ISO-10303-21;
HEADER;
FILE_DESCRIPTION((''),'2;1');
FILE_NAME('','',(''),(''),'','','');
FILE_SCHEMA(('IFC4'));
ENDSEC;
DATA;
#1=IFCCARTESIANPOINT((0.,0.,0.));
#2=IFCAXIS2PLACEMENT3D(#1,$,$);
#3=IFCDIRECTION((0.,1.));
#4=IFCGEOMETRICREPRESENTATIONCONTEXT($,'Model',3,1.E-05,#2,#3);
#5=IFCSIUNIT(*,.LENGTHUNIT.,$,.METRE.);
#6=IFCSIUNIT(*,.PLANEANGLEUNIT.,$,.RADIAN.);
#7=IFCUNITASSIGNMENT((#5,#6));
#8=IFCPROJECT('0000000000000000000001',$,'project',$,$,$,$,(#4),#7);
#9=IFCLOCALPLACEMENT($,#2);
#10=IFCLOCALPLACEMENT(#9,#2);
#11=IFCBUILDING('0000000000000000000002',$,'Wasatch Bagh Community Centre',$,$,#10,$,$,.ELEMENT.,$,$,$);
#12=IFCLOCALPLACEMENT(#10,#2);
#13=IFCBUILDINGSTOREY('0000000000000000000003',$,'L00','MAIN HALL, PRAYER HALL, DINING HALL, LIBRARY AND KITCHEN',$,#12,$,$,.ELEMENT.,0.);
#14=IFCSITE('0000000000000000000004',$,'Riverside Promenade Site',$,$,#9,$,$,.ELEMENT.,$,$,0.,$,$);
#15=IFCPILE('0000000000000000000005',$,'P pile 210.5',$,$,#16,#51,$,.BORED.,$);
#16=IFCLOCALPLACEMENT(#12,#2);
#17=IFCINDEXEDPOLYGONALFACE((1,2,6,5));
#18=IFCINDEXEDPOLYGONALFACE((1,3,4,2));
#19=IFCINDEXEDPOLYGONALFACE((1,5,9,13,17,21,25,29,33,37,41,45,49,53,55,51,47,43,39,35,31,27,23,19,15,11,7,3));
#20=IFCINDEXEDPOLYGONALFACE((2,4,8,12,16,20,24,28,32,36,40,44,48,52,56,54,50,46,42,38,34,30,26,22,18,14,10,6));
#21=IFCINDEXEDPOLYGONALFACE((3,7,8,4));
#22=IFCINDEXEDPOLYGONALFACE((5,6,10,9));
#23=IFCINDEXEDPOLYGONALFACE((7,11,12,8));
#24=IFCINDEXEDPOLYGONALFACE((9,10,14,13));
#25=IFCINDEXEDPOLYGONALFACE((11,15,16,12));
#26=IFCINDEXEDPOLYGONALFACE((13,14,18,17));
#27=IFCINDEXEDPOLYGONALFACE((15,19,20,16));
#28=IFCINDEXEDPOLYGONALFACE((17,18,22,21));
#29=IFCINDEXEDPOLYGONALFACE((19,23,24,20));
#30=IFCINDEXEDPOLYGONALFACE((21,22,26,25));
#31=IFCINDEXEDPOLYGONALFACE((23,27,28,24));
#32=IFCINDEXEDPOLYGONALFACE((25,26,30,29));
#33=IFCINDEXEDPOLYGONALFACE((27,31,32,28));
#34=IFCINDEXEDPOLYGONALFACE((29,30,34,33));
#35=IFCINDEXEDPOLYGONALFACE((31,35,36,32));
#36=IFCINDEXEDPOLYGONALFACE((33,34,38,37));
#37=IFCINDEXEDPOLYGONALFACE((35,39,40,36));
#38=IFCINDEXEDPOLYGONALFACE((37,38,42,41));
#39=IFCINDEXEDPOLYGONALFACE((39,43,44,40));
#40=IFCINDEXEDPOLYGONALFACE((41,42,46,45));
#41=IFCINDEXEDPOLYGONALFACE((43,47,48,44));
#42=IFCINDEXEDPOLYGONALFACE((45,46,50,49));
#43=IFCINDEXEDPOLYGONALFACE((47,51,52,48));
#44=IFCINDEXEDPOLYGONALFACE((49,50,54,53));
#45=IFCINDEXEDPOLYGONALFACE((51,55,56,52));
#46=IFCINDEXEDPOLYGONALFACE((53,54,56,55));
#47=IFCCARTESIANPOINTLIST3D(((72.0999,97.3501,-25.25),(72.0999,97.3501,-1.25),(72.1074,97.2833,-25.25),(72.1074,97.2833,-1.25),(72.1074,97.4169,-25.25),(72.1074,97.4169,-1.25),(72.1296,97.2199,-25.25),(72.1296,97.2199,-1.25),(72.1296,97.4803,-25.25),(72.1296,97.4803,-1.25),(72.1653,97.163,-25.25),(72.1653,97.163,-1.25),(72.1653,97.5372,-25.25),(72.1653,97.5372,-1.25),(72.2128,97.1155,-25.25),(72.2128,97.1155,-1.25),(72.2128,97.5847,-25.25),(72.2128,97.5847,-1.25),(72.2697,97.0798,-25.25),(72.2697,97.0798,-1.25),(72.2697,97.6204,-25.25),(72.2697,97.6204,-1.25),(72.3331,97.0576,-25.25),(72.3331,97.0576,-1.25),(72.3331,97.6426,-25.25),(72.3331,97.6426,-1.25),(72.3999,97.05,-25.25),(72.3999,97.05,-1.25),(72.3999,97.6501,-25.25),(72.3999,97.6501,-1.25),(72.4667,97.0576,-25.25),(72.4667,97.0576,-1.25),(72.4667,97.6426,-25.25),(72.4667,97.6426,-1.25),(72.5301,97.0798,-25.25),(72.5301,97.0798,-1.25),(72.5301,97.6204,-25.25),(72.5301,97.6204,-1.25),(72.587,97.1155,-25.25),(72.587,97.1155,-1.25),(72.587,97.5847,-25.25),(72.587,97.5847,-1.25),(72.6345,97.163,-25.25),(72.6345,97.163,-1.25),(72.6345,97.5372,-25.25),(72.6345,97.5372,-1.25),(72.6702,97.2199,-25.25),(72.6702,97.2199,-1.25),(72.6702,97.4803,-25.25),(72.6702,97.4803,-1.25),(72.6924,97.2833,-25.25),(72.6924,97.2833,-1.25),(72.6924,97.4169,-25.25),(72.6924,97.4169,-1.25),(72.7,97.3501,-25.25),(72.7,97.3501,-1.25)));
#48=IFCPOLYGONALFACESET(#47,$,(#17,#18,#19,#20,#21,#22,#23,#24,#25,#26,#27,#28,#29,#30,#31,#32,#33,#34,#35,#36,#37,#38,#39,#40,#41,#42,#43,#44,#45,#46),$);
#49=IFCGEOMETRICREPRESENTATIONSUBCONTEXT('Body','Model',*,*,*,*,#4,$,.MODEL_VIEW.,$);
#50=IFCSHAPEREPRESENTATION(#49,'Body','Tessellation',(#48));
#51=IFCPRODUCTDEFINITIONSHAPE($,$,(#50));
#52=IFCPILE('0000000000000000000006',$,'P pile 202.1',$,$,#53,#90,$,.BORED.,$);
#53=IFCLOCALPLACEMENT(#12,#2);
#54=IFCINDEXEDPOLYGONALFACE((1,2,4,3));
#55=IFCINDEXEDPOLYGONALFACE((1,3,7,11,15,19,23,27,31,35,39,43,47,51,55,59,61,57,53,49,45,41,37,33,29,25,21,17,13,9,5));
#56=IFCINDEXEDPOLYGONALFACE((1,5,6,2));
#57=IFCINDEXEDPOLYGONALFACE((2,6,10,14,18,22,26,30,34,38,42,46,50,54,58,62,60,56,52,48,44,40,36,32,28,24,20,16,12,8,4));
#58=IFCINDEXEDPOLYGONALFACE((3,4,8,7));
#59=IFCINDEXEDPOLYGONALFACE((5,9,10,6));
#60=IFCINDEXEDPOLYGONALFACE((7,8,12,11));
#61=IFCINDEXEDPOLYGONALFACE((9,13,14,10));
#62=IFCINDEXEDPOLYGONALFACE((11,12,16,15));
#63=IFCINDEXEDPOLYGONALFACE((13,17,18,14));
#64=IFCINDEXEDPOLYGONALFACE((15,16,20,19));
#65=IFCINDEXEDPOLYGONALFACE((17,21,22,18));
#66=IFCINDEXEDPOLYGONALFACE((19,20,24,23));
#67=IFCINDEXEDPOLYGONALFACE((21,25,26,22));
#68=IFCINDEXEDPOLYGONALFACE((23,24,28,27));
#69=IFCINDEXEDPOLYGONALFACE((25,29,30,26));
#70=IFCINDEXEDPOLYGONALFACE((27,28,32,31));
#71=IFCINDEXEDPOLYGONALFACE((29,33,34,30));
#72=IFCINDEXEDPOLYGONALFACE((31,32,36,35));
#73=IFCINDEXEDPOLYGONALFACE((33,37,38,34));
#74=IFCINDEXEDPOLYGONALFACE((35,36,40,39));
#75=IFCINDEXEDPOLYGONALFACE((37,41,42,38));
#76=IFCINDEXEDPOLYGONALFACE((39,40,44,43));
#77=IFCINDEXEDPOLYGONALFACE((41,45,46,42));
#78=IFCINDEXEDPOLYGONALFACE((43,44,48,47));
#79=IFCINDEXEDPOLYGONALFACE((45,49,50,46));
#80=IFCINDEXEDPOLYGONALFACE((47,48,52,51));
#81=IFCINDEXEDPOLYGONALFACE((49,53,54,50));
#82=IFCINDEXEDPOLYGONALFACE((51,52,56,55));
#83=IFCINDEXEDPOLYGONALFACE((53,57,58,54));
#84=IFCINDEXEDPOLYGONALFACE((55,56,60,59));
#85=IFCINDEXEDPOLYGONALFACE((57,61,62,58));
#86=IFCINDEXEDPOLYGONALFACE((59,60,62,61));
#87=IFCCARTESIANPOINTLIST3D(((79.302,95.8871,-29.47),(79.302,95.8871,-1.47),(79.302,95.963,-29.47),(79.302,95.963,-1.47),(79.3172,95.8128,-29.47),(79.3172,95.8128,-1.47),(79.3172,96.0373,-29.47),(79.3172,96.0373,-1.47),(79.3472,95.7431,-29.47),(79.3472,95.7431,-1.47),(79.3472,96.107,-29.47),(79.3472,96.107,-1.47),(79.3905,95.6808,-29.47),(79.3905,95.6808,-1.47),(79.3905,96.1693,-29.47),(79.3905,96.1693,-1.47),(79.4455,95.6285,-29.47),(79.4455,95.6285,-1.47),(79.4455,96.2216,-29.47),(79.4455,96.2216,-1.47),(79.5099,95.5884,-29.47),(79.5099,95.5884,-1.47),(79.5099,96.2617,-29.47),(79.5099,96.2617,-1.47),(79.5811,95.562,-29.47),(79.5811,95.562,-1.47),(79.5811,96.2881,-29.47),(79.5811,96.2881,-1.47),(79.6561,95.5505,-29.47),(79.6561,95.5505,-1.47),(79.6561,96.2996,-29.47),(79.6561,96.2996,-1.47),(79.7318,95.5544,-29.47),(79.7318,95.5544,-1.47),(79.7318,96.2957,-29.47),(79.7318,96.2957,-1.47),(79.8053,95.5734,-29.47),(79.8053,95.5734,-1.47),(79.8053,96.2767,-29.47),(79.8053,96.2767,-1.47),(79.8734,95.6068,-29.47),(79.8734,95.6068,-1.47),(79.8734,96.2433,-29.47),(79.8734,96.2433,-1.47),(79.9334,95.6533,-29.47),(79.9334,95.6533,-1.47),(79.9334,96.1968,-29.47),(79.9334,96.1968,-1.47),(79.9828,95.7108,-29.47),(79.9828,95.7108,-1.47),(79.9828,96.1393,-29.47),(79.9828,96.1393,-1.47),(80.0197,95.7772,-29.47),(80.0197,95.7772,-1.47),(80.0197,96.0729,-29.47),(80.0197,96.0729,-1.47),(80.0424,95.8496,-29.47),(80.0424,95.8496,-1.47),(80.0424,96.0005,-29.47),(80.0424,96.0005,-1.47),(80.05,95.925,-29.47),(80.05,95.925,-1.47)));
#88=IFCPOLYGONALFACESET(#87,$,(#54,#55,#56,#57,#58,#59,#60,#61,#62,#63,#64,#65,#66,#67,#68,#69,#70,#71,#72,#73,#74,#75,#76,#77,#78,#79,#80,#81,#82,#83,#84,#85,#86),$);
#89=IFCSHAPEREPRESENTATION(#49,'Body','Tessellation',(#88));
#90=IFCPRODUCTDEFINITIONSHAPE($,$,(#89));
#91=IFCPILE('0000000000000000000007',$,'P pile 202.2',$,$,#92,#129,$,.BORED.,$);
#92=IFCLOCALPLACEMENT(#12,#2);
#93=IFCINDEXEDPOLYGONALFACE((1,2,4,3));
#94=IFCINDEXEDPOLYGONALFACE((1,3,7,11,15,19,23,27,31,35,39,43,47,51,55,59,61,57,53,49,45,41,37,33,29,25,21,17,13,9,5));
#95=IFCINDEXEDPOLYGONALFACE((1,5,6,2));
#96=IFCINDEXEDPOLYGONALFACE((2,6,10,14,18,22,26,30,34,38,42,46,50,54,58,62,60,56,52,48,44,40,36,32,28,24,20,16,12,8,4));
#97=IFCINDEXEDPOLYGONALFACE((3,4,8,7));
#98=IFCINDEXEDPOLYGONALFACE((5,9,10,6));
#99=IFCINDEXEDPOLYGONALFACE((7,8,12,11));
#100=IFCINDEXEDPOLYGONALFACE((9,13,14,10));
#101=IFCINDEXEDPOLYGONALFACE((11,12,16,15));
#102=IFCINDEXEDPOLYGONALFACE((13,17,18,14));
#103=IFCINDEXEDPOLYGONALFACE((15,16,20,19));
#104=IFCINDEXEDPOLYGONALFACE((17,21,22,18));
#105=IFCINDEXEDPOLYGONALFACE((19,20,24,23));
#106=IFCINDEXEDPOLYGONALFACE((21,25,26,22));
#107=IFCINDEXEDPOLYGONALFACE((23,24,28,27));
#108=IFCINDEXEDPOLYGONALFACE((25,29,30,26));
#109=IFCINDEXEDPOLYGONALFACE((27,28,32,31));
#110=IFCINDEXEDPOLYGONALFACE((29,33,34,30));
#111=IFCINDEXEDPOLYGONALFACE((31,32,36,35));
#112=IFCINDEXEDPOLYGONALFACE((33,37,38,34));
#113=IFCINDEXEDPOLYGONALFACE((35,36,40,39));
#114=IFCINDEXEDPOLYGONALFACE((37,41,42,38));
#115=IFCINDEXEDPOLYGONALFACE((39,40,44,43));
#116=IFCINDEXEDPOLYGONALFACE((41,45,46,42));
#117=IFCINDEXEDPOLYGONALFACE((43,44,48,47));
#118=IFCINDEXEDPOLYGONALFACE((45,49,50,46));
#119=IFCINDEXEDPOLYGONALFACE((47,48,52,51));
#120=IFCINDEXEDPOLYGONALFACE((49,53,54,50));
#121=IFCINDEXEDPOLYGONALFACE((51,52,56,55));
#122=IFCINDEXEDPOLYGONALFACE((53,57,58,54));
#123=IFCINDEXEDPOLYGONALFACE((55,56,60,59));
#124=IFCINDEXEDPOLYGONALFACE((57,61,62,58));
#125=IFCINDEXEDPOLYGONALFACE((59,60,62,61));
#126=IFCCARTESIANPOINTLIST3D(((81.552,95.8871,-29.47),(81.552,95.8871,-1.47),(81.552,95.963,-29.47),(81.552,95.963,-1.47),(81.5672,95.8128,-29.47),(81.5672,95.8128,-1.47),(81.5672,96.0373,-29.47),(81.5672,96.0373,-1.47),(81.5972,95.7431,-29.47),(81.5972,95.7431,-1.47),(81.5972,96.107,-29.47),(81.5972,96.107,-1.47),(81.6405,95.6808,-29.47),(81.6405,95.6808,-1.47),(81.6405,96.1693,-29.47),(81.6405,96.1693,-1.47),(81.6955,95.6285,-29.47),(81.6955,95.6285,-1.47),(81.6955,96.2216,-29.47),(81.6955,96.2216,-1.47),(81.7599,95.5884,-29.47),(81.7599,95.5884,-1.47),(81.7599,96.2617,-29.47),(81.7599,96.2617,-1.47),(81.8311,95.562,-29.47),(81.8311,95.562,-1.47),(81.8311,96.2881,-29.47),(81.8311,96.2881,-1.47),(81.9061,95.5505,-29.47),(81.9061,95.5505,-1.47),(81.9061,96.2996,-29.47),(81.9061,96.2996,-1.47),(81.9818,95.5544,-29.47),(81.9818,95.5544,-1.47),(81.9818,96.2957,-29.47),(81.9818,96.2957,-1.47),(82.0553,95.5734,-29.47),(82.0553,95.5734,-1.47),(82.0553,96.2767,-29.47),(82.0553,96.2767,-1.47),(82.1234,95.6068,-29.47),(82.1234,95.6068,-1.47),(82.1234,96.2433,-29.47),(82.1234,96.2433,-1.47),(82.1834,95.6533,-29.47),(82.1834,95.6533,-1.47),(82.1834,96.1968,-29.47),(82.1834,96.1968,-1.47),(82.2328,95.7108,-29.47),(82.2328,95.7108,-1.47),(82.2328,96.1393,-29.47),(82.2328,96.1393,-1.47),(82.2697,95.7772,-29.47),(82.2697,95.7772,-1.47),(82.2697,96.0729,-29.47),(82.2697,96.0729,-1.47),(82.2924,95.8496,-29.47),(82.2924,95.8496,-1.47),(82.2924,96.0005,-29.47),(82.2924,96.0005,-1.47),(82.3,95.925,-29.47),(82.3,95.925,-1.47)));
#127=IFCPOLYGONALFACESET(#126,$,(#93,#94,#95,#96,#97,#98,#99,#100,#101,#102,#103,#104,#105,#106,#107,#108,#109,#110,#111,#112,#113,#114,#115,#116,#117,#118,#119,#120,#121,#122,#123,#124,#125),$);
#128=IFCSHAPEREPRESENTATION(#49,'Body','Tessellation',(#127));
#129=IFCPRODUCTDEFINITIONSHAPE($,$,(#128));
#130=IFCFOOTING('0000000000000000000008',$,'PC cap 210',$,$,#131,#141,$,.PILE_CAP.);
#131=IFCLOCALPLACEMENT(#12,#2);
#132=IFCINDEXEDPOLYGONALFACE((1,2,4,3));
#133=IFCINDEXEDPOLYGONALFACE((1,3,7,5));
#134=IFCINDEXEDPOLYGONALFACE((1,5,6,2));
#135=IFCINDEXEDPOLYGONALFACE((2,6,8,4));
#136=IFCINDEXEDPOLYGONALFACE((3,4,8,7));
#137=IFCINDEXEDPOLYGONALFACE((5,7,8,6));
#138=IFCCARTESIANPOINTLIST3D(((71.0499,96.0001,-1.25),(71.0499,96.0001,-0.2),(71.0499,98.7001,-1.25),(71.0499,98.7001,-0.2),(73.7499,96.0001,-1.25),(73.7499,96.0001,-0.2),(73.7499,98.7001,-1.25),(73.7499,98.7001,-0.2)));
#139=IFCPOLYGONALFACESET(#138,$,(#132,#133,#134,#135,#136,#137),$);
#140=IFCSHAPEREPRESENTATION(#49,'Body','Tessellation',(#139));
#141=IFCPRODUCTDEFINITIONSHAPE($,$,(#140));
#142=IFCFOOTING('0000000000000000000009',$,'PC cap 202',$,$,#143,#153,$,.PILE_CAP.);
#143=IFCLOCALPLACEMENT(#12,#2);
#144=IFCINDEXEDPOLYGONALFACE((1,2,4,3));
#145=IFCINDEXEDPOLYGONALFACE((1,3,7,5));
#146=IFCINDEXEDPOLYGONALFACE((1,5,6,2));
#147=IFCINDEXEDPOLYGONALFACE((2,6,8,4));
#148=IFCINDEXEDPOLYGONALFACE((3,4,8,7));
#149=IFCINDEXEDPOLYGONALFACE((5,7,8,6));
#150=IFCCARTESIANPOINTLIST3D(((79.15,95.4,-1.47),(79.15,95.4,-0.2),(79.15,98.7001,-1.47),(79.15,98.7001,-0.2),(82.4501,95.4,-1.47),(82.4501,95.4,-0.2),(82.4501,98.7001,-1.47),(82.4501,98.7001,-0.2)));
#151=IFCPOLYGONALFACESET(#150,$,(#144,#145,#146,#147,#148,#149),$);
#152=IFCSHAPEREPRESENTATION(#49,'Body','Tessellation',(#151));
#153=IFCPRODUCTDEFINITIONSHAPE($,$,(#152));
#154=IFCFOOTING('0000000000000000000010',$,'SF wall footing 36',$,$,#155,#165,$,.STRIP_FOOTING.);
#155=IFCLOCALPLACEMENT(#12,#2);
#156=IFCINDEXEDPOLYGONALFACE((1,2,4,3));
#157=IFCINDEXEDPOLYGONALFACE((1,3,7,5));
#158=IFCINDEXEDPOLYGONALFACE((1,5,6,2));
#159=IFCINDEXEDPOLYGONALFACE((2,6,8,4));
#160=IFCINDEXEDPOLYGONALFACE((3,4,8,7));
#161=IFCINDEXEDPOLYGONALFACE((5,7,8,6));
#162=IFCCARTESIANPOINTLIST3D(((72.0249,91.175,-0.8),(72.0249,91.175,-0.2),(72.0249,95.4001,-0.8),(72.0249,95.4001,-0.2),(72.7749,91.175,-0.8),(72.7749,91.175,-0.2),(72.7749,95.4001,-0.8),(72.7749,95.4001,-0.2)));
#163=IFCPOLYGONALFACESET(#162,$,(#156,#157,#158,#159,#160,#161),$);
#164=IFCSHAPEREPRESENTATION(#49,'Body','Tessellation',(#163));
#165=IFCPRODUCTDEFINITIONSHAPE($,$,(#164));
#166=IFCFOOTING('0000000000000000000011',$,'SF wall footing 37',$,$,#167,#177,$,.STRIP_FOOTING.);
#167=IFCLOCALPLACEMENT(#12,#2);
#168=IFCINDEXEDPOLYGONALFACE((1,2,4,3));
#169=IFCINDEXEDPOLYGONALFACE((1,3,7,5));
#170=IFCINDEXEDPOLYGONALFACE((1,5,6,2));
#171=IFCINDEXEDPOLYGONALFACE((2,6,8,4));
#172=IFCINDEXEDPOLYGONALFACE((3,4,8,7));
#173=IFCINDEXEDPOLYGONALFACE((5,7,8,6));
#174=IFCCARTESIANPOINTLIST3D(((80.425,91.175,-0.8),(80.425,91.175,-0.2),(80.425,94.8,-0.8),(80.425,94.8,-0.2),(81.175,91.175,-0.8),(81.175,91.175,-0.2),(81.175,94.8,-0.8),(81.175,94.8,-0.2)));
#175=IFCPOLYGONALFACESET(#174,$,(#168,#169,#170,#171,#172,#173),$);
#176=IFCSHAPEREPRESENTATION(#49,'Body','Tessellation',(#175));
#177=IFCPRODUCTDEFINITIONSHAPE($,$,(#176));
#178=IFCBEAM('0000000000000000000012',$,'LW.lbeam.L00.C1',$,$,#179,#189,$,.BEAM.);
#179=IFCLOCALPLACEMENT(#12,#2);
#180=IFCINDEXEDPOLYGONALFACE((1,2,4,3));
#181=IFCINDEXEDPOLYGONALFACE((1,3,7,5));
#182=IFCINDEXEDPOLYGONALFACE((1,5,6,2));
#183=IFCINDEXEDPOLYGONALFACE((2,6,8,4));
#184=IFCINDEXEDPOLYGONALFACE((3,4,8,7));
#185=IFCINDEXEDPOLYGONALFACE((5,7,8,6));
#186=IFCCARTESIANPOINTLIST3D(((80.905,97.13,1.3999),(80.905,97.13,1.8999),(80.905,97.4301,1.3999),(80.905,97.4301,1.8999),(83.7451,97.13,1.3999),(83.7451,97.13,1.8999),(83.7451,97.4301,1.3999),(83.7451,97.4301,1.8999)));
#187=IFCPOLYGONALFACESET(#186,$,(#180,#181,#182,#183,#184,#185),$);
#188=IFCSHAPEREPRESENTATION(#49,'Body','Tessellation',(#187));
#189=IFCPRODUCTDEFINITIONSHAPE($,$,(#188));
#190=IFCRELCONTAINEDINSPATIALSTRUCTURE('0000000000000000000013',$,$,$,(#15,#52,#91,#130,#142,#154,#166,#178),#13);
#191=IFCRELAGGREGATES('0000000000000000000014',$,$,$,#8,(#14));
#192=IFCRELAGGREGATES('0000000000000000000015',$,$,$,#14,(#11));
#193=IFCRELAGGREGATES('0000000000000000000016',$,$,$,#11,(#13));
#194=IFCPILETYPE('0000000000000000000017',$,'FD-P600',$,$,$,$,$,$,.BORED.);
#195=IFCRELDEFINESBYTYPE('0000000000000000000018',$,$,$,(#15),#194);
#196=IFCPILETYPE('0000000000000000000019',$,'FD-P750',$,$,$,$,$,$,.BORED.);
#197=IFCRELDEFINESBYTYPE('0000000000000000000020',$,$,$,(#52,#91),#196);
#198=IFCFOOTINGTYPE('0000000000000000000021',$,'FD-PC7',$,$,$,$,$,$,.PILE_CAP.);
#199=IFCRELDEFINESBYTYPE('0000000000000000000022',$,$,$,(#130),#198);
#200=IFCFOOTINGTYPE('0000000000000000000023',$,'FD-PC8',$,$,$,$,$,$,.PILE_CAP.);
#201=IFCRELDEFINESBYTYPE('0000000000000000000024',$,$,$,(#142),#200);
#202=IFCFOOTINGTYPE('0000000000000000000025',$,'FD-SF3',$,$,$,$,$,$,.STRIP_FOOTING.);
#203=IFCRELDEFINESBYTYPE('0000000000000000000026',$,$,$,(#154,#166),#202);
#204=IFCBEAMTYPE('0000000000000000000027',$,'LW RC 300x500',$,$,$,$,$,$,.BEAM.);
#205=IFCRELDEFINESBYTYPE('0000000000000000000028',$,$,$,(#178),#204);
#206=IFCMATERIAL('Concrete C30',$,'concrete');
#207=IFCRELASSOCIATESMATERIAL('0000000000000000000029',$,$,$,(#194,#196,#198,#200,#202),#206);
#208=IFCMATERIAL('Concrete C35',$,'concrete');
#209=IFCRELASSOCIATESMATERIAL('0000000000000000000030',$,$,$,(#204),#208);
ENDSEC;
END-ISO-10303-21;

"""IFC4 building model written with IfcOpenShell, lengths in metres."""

from ifc_helpers import new_model, si_unit, direction, frame, origin, origin_2d, place, context, subcontext, project, spatial, rectangle, circle, extrude, material, material_profile, profile_set, type_object, element, save


model = new_model("IFC4")

# Units and contexts
model_context = context("Model", 3, precision=1e-05, world=origin(), true_north=direction((0.0, 1.0)))
body_context = subcontext(model_context, "Body", "Model", "MODEL_VIEW")
ifc_project = project(units=[si_unit("LENGTHUNIT", "METRE"), si_unit("PLANEANGLEUNIT", "RADIAN")], contexts=[model_context])

# Site, building, storey
site_placement = place(None, origin())
site = spatial("IfcSite", under=ifc_project, at=site_placement, Name="Riverside Promenade Site", CompositionType="ELEMENT", RefElevation=0.0)
building_placement = place(site_placement, origin())
building = spatial("IfcBuilding", under=site, at=building_placement, Name="Wasatch Bagh Community Centre", CompositionType="ELEMENT")
storey_placement = place(building_placement, origin())
storey = spatial("IfcBuildingStorey", under=building, at=storey_placement, Name="L00", Description="MAIN HALL, PRAYER HALL, DINING HALL, LIBRARY AND KITCHEN", CompositionType="ELEMENT", Elevation=0.0)

# Piles
ifc_material_1 = material(Name="Concrete C30", Category="concrete")
ifc_material_profile_1 = material_profile(ifc_material_1, circle(Radius=0.3, at=origin_2d()), Name="RC D600")
ifc_profile_set_1 = profile_set([ifc_material_profile_1], Name="Concrete C30")
pile_type_1 = type_object("IfcPileType", Name="FD-P600", PredefinedType="BORED", material=ifc_profile_set_1)
for number, where, z_axis, x_axis, name in (
    (1, (72.3999, 97.3501, -1.25), (0.0, 0.0, -1.0), (1.0, 0.0, 0.0), "P pile 210.5"),
):
    element("IfcPile", number, at=place(storey_placement, frame(where, z_axis=z_axis, x_axis=x_axis)), inside=storey, type_object=pile_type_1, Name=name, PredefinedType="BORED", context=body_context, shape_type="SweptSolid", body=[
        extrude(circle(Radius=0.3, at=origin_2d()), origin(), (0.0, 0.0, 1.0), 24.0),
    ])
ifc_material_profile_2 = material_profile(ifc_material_1, circle(Radius=0.375, at=origin_2d()), Name="RC D750")
ifc_profile_set_2 = profile_set([ifc_material_profile_2], Name="Concrete C30")
pile_type_2 = type_object("IfcPileType", Name="FD-P750", PredefinedType="BORED", material=ifc_profile_set_2)
for number, where, z_axis, x_axis, name in (
    (2, (79.675, 95.925, -1.47), (0.0, 0.0, -1.0), (1.0, 0.0, 0.0), "P pile 202.1"),
    (3, (81.925, 95.925, -1.47), (0.0, 0.0, -1.0), (1.0, 0.0, 0.0), "P pile 202.2"),
):
    element("IfcPile", number, at=place(storey_placement, frame(where, z_axis=z_axis, x_axis=x_axis)), inside=storey, type_object=pile_type_2, Name=name, PredefinedType="BORED", context=body_context, shape_type="SweptSolid", body=[
        extrude(circle(Radius=0.375, at=origin_2d()), origin(), (0.0, 0.0, 1.0), 28.0),
    ])

# Footings
footing_type_1 = type_object("IfcFootingType", Name="FD-PC7", PredefinedType="PILE_CAP", material=ifc_material_1)
footing_1_placement = place(storey_placement, frame((72.3999, 97.3501, -1.25), z_axis=(0.0, 0.0, 1.0), x_axis=(1.0, 0.0, 0.0)))
element("IfcFooting", 4, at=footing_1_placement, inside=storey, type_object=footing_type_1, Name="PC cap 210", PredefinedType="PILE_CAP", context=body_context, shape_type="SweptSolid", body=[
    extrude(rectangle(XDim=2.7, YDim=2.7, at=origin_2d()), origin(), (0.0, 0.0, 1.0), 1.05),
])
footing_type_2 = type_object("IfcFootingType", Name="FD-PC8", PredefinedType="PILE_CAP", material=ifc_material_1)
footing_2_placement = place(storey_placement, frame((80.8, 97.05, -1.47), z_axis=(0.0, 0.0, 1.0), x_axis=(1.0, 0.0, 0.0)))
element("IfcFooting", 5, at=footing_2_placement, inside=storey, type_object=footing_type_2, Name="PC cap 202", PredefinedType="PILE_CAP", context=body_context, shape_type="SweptSolid", body=[
    extrude(rectangle(XDim=3.3, YDim=3.3, at=origin_2d()), origin(), (0.0, 0.0, 1.0), 1.27),
])
footing_type_3 = type_object("IfcFootingType", Name="FD-SF3", PredefinedType="STRIP_FOOTING", material=ifc_material_1)
footing_3_placement = place(storey_placement, frame((72.3999, 93.2876, -0.8), z_axis=(0.0, 0.0, 1.0), x_axis=(0.0, 1.0, 0.0)))
element("IfcFooting", 6, at=footing_3_placement, inside=storey, type_object=footing_type_3, Name="SF wall footing 36", PredefinedType="STRIP_FOOTING", context=body_context, shape_type="SweptSolid", body=[
    extrude(rectangle(XDim=4.2251, YDim=0.75, at=origin_2d()), origin(), (0.0, 0.0, 1.0), 0.6001),
])
footing_4_placement = place(storey_placement, frame((80.8, 92.9875, -0.8), z_axis=(0.0, 0.0, 1.0), x_axis=(0.0, 1.0, 0.0)))
element("IfcFooting", 7, at=footing_4_placement, inside=storey, type_object=footing_type_3, Name="SF wall footing 37", PredefinedType="STRIP_FOOTING", context=body_context, shape_type="SweptSolid", body=[
    extrude(rectangle(XDim=3.625, YDim=0.75, at=origin_2d()), origin(), (0.0, 0.0, 1.0), 0.6001),
])

# Beam
ifc_material_2 = material(Name="Concrete C35", Category="concrete")
ifc_material_profile_3 = material_profile(ifc_material_2, rectangle(XDim=0.3, YDim=0.5, at=origin_2d()), Name="RC 300x500")
ifc_profile_set_3 = profile_set([ifc_material_profile_3], Name="Concrete C35")
beam_type = type_object("IfcBeamType", Name="LW RC 300x500", PredefinedType="BEAM", material=ifc_profile_set_3)
beam_placement = place(storey_placement, frame((80.905, 97.28, 1.6499), z_axis=(1.0, 0.0, 0.0), x_axis=(0.0, 1.0, 0.0)))
element("IfcBeam", 8, at=beam_placement, inside=storey, type_object=beam_type, Name="LW.lbeam.L00.C1", PredefinedType="BEAM", context=body_context, shape_type="SweptSolid", body=[
    extrude(rectangle(XDim=0.3, YDim=0.5, at=origin_2d()), origin(), (0.0, 0.0, 1.0), 2.8401),
])

save(model, "model.ifc")
